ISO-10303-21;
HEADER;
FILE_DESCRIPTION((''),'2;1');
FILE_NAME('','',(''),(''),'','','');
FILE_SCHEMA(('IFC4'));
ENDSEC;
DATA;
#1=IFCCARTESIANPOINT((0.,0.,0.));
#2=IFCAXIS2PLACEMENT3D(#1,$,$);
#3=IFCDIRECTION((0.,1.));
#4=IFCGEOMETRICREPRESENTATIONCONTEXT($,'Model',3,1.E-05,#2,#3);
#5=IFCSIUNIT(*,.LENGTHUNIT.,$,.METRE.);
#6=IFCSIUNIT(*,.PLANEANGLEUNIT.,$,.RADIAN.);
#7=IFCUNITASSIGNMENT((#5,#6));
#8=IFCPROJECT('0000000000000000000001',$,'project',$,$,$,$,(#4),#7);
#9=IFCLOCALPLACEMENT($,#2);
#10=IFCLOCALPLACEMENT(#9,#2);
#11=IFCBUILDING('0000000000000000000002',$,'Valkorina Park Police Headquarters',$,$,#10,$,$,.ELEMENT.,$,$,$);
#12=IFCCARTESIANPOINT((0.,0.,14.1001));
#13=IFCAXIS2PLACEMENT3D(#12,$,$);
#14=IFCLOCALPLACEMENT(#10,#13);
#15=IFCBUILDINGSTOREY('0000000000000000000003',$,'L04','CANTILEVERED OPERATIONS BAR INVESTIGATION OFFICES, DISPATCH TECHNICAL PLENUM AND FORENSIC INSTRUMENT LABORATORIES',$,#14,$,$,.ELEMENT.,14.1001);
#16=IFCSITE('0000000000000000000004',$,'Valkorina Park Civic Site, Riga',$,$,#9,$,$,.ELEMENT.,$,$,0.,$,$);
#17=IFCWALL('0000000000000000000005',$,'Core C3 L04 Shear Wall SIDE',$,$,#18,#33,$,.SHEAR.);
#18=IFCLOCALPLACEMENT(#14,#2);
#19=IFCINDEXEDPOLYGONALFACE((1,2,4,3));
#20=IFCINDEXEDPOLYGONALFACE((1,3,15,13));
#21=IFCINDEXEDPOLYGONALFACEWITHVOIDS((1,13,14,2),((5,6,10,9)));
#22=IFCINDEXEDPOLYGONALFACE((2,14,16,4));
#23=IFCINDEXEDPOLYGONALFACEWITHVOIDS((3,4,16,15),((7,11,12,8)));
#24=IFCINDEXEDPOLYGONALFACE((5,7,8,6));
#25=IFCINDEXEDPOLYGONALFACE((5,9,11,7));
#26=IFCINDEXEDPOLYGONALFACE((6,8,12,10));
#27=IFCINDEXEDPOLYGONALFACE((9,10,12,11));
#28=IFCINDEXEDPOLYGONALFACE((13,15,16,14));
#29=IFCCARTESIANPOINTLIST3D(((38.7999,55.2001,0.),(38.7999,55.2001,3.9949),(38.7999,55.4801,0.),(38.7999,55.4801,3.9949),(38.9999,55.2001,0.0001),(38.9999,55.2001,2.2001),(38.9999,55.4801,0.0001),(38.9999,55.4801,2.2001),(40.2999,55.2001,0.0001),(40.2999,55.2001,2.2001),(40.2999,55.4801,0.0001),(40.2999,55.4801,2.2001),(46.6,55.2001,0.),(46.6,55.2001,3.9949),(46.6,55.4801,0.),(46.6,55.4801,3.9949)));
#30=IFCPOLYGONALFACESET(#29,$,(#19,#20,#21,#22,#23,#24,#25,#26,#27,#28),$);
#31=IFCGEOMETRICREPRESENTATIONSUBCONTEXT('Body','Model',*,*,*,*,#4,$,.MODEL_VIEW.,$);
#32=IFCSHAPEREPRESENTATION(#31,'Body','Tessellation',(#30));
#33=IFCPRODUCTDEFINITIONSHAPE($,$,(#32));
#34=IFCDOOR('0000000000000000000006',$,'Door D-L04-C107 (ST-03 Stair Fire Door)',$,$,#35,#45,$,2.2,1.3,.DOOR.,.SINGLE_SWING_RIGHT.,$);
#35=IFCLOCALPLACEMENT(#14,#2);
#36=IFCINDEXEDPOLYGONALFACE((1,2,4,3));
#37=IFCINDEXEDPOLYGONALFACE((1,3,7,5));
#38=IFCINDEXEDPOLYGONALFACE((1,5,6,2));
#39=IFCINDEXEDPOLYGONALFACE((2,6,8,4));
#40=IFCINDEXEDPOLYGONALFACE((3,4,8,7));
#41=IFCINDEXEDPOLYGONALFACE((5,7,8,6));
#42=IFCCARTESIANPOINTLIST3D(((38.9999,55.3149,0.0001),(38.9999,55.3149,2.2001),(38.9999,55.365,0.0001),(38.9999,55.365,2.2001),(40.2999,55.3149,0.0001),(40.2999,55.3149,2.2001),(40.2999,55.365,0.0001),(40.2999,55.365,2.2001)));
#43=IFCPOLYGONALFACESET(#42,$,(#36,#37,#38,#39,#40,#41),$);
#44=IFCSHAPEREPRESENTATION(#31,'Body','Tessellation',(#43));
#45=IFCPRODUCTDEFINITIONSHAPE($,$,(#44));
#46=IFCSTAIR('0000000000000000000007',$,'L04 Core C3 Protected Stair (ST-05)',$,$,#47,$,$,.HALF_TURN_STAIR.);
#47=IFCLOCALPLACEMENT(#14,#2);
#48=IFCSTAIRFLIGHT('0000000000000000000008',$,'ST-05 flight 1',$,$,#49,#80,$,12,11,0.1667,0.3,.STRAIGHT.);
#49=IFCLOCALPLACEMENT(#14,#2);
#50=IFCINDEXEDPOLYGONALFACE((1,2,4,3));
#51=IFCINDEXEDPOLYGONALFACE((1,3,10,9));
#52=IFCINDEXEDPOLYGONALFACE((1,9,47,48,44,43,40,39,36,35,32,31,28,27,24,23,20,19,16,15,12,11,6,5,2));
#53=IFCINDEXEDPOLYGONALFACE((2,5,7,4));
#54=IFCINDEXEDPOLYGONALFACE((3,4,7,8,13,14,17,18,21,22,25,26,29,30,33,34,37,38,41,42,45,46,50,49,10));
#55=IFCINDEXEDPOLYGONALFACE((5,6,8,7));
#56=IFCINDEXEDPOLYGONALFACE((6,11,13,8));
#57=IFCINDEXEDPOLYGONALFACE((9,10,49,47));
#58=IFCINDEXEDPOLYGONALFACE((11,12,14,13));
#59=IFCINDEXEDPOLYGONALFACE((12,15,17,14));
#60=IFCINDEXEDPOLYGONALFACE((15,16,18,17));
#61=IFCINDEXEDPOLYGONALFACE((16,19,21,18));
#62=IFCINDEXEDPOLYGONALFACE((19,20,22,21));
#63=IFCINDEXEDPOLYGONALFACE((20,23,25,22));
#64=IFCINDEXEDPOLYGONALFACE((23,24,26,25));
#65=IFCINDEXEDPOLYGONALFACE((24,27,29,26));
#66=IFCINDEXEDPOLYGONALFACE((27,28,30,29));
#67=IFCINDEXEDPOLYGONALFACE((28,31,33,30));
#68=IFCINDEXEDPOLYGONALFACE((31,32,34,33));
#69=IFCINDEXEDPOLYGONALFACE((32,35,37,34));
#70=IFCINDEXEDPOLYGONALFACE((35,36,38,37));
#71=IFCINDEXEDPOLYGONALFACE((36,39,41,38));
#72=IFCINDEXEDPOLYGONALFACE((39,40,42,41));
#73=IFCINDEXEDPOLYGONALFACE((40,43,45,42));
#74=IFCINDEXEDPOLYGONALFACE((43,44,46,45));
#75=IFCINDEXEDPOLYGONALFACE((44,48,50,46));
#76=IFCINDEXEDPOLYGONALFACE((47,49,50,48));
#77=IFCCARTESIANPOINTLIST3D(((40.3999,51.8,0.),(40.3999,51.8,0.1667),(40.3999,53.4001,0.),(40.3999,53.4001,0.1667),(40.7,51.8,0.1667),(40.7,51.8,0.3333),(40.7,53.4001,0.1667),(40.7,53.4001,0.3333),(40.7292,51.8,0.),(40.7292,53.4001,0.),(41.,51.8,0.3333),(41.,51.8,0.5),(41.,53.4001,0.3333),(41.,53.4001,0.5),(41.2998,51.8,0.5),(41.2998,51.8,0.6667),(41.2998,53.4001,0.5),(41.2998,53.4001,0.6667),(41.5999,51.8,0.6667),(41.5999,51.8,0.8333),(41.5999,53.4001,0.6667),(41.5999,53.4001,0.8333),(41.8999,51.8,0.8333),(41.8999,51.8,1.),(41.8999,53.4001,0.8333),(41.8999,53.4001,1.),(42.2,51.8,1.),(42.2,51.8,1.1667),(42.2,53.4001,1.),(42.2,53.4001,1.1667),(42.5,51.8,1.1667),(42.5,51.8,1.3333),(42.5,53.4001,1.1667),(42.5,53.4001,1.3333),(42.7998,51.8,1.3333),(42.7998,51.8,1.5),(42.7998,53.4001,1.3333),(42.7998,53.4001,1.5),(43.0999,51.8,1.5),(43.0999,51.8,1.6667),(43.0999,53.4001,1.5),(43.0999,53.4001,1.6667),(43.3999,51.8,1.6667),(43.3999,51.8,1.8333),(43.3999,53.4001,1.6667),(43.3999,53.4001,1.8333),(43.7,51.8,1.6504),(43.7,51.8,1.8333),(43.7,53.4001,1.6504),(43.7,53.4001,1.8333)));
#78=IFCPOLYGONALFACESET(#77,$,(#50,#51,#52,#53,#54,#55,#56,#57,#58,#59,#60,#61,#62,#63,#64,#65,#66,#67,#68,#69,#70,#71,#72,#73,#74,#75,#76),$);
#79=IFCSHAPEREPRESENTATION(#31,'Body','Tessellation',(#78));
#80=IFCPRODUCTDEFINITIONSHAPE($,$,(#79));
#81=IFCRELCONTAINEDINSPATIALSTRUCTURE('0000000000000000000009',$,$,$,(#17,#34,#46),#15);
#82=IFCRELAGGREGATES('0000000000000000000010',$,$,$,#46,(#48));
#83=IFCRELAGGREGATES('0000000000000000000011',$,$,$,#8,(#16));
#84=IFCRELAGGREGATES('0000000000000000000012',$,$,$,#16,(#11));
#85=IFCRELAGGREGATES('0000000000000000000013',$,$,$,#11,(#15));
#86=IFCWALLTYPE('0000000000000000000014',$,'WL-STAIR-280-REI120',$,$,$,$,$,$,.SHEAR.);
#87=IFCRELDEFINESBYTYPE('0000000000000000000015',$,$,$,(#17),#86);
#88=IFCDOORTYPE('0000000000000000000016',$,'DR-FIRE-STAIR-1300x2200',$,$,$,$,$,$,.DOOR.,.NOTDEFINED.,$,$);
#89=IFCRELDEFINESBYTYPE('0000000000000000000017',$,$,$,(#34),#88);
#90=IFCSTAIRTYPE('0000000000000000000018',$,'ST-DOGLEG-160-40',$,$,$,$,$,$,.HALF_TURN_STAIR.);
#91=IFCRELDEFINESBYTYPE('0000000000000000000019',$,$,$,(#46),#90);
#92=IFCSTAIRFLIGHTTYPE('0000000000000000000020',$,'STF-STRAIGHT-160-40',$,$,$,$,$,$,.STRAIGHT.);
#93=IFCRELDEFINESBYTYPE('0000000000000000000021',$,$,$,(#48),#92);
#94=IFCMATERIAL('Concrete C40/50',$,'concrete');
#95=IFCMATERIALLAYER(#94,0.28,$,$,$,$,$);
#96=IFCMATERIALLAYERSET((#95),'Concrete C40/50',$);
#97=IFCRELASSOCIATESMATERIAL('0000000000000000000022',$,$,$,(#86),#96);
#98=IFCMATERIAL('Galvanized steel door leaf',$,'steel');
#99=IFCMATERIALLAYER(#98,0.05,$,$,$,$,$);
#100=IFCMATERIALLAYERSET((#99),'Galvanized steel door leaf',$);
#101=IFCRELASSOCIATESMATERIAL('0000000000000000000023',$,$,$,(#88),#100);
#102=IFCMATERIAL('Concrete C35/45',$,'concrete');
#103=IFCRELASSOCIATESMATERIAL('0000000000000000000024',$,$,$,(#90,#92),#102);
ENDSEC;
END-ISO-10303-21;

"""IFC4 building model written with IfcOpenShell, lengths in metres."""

from ifc_helpers import new_model, si_unit, direction, frame, frame_2d, origin, place, context, subcontext, project, spatial, polyline, rectangle, outline, extrude, material, layer, layer_set, type_object, element, fill, aggregate, save


model = new_model("IFC4")

# Units and contexts
model_context = context("Model", 3, precision=1e-05, world=origin(), true_north=direction((0.0, 1.0)))
body_context = subcontext(model_context, "Body", "Model", "MODEL_VIEW")
ifc_project = project(units=[si_unit("LENGTHUNIT", "METRE"), si_unit("PLANEANGLEUNIT", "RADIAN")], contexts=[model_context])

# Site, building, storey
site_placement = place(None, origin())
site = spatial("IfcSite", under=ifc_project, at=site_placement, Name="Valkorina Park Civic Site, Riga", CompositionType="ELEMENT", RefElevation=0.0)
building_placement = place(site_placement, origin())
building = spatial("IfcBuilding", under=site, at=building_placement, Name="Valkorina Park Police Headquarters", CompositionType="ELEMENT")
storey_placement = place(building_placement, frame((0.0, 0.0, 14.1001)))
storey = spatial("IfcBuildingStorey", under=building, at=storey_placement, Name="L04", Description="CANTILEVERED OPERATIONS BAR INVESTIGATION OFFICES, DISPATCH TECHNICAL PLENUM AND FORENSIC INSTRUMENT LABORATORIES", CompositionType="ELEMENT", Elevation=14.1001)

# Wall, opening, door
ifc_material_1 = material(Name="Concrete C40/50", Category="concrete")
ifc_layer_1 = layer(ifc_material_1, 0.28)
ifc_layer_set_1 = layer_set([ifc_layer_1], Name="Concrete C40/50")
wall_type = type_object("IfcWallType", Name="WL-STAIR-280-REI120", PredefinedType="SHEAR", material=ifc_layer_set_1)
wall_placement = place(storey_placement, frame((38.8, 55.3401, 0.0), z_axis=(0.0, 0.0, 1.0), x_axis=(1.0, 0.0, 0.0)))
wall = element("IfcWall", 1, at=wall_placement, inside=storey, type_object=wall_type, Name="Core C3 L04 Shear Wall SIDE", PredefinedType="SHEAR", context=body_context, shape_type="SweptSolid", body=[
    extrude(rectangle(XDim=7.8, YDim=0.28, at=frame_2d((3.8999, 0.0))), origin(), (0.0, 0.0, 1.0), 3.9949),
])
opening_placement = place(wall_placement, frame((0.2, 0.0, 0.0)))
opening = element("IfcOpeningElement", 2, at=opening_placement, cuts=wall, PredefinedType="OPENING", context=body_context, shape_type="SweptSolid", body=[
    extrude(rectangle(XDim=1.3, YDim=2.2, at=frame_2d((0.6499, 1.1001))), frame((0.0, 0.1499, 0.0), z_axis=(0.0, -1.0, 0.0), x_axis=(1.0, 0.0, 0.0)), (0.0, 0.0, 1.0), 0.3),
])
ifc_material_2 = material(Name="Galvanized steel door leaf", Category="steel")
ifc_layer_2 = layer(ifc_material_2, 0.05)
ifc_layer_set_2 = layer_set([ifc_layer_2], Name="Galvanized steel door leaf")
door_type = type_object("IfcDoorType", Name="DR-FIRE-STAIR-1300x2200", OperationType="NOTDEFINED", PredefinedType="DOOR", material=ifc_layer_set_2)
door_placement = place(opening_placement, origin())
door = element("IfcDoor", 3, at=door_placement, inside=storey, type_object=door_type, Name="Door D-L04-C107 (ST-03 Stair Fire Door)", OperationType="SINGLE_SWING_RIGHT", OverallHeight=2.2, OverallWidth=1.3, PredefinedType="DOOR", context=body_context, shape_type="SweptSolid", body=[
    extrude(rectangle(XDim=1.3, YDim=2.2, at=frame_2d((0.6499, 1.1001))), frame((0.0, 0.0249, 0.0), z_axis=(0.0, -1.0, 0.0), x_axis=(1.0, 0.0, 0.0)), (0.0, 0.0, 1.0), 0.05),
])
fill(opening, door)

# Stair, stair flight
ifc_material_3 = material(Name="Concrete C35/45", Category="concrete")
stair_type = type_object("IfcStairType", Name="ST-DOGLEG-160-40", PredefinedType="HALF_TURN_STAIR", material=ifc_material_3)
stair_placement = place(storey_placement, origin())
stair = element("IfcStair", 4, at=stair_placement, inside=storey, type_object=stair_type, Name="L04 Core C3 Protected Stair (ST-05)", PredefinedType="HALF_TURN_STAIR")
stair_flight_type = type_object("IfcStairFlightType", Name="STF-STRAIGHT-160-40", PredefinedType="STRAIGHT", material=ifc_material_3)
stair_flight_placement = place(storey_placement, frame((40.3999, 52.6001, 0.0), z_axis=(0.0, 0.0, 1.0), x_axis=(1.0, 0.0, 0.0)))
stair_flight = element("IfcStairFlight", 5, at=stair_flight_placement, type_object=stair_flight_type, Name="ST-05 flight 1", NumberOfRisers=12, NumberOfTreads=11, PredefinedType="STRAIGHT", RiserHeight=0.1667, TreadLength=0.3, context=body_context, shape_type="SweptSolid", body=[
    extrude(outline(polyline([(0.0, 0.0), (0.0, 0.1667), (0.3, 0.1667), (0.3, 0.3333), (0.6001, 0.3333), (0.6001, 0.5), (0.8999, 0.5), (0.8999, 0.6667), (1.2, 0.6667), (1.2, 0.8333), (1.5, 0.8333), (1.5, 1.0), (1.8, 1.0), (1.8, 1.1667), (2.1001, 1.1667), (2.1001, 1.3333), (2.3999, 1.3333), (2.3999, 1.5), (2.7, 1.5), (2.7, 1.6667), (3.0, 1.6667), (3.0, 1.8333), (3.3, 1.8333), (3.3, 2.0), (3.3, 1.6504), (0.3293, 0.0), (0.0, 0.0)])), frame((0.0, 0.8, 0.0), z_axis=(0.0, -1.0, 0.0), x_axis=(1.0, 0.0, 0.0)), (0.0, 0.0, 1.0), 1.6001),
])
aggregate(stair, [stair_flight])

save(model, "model.ifc")
